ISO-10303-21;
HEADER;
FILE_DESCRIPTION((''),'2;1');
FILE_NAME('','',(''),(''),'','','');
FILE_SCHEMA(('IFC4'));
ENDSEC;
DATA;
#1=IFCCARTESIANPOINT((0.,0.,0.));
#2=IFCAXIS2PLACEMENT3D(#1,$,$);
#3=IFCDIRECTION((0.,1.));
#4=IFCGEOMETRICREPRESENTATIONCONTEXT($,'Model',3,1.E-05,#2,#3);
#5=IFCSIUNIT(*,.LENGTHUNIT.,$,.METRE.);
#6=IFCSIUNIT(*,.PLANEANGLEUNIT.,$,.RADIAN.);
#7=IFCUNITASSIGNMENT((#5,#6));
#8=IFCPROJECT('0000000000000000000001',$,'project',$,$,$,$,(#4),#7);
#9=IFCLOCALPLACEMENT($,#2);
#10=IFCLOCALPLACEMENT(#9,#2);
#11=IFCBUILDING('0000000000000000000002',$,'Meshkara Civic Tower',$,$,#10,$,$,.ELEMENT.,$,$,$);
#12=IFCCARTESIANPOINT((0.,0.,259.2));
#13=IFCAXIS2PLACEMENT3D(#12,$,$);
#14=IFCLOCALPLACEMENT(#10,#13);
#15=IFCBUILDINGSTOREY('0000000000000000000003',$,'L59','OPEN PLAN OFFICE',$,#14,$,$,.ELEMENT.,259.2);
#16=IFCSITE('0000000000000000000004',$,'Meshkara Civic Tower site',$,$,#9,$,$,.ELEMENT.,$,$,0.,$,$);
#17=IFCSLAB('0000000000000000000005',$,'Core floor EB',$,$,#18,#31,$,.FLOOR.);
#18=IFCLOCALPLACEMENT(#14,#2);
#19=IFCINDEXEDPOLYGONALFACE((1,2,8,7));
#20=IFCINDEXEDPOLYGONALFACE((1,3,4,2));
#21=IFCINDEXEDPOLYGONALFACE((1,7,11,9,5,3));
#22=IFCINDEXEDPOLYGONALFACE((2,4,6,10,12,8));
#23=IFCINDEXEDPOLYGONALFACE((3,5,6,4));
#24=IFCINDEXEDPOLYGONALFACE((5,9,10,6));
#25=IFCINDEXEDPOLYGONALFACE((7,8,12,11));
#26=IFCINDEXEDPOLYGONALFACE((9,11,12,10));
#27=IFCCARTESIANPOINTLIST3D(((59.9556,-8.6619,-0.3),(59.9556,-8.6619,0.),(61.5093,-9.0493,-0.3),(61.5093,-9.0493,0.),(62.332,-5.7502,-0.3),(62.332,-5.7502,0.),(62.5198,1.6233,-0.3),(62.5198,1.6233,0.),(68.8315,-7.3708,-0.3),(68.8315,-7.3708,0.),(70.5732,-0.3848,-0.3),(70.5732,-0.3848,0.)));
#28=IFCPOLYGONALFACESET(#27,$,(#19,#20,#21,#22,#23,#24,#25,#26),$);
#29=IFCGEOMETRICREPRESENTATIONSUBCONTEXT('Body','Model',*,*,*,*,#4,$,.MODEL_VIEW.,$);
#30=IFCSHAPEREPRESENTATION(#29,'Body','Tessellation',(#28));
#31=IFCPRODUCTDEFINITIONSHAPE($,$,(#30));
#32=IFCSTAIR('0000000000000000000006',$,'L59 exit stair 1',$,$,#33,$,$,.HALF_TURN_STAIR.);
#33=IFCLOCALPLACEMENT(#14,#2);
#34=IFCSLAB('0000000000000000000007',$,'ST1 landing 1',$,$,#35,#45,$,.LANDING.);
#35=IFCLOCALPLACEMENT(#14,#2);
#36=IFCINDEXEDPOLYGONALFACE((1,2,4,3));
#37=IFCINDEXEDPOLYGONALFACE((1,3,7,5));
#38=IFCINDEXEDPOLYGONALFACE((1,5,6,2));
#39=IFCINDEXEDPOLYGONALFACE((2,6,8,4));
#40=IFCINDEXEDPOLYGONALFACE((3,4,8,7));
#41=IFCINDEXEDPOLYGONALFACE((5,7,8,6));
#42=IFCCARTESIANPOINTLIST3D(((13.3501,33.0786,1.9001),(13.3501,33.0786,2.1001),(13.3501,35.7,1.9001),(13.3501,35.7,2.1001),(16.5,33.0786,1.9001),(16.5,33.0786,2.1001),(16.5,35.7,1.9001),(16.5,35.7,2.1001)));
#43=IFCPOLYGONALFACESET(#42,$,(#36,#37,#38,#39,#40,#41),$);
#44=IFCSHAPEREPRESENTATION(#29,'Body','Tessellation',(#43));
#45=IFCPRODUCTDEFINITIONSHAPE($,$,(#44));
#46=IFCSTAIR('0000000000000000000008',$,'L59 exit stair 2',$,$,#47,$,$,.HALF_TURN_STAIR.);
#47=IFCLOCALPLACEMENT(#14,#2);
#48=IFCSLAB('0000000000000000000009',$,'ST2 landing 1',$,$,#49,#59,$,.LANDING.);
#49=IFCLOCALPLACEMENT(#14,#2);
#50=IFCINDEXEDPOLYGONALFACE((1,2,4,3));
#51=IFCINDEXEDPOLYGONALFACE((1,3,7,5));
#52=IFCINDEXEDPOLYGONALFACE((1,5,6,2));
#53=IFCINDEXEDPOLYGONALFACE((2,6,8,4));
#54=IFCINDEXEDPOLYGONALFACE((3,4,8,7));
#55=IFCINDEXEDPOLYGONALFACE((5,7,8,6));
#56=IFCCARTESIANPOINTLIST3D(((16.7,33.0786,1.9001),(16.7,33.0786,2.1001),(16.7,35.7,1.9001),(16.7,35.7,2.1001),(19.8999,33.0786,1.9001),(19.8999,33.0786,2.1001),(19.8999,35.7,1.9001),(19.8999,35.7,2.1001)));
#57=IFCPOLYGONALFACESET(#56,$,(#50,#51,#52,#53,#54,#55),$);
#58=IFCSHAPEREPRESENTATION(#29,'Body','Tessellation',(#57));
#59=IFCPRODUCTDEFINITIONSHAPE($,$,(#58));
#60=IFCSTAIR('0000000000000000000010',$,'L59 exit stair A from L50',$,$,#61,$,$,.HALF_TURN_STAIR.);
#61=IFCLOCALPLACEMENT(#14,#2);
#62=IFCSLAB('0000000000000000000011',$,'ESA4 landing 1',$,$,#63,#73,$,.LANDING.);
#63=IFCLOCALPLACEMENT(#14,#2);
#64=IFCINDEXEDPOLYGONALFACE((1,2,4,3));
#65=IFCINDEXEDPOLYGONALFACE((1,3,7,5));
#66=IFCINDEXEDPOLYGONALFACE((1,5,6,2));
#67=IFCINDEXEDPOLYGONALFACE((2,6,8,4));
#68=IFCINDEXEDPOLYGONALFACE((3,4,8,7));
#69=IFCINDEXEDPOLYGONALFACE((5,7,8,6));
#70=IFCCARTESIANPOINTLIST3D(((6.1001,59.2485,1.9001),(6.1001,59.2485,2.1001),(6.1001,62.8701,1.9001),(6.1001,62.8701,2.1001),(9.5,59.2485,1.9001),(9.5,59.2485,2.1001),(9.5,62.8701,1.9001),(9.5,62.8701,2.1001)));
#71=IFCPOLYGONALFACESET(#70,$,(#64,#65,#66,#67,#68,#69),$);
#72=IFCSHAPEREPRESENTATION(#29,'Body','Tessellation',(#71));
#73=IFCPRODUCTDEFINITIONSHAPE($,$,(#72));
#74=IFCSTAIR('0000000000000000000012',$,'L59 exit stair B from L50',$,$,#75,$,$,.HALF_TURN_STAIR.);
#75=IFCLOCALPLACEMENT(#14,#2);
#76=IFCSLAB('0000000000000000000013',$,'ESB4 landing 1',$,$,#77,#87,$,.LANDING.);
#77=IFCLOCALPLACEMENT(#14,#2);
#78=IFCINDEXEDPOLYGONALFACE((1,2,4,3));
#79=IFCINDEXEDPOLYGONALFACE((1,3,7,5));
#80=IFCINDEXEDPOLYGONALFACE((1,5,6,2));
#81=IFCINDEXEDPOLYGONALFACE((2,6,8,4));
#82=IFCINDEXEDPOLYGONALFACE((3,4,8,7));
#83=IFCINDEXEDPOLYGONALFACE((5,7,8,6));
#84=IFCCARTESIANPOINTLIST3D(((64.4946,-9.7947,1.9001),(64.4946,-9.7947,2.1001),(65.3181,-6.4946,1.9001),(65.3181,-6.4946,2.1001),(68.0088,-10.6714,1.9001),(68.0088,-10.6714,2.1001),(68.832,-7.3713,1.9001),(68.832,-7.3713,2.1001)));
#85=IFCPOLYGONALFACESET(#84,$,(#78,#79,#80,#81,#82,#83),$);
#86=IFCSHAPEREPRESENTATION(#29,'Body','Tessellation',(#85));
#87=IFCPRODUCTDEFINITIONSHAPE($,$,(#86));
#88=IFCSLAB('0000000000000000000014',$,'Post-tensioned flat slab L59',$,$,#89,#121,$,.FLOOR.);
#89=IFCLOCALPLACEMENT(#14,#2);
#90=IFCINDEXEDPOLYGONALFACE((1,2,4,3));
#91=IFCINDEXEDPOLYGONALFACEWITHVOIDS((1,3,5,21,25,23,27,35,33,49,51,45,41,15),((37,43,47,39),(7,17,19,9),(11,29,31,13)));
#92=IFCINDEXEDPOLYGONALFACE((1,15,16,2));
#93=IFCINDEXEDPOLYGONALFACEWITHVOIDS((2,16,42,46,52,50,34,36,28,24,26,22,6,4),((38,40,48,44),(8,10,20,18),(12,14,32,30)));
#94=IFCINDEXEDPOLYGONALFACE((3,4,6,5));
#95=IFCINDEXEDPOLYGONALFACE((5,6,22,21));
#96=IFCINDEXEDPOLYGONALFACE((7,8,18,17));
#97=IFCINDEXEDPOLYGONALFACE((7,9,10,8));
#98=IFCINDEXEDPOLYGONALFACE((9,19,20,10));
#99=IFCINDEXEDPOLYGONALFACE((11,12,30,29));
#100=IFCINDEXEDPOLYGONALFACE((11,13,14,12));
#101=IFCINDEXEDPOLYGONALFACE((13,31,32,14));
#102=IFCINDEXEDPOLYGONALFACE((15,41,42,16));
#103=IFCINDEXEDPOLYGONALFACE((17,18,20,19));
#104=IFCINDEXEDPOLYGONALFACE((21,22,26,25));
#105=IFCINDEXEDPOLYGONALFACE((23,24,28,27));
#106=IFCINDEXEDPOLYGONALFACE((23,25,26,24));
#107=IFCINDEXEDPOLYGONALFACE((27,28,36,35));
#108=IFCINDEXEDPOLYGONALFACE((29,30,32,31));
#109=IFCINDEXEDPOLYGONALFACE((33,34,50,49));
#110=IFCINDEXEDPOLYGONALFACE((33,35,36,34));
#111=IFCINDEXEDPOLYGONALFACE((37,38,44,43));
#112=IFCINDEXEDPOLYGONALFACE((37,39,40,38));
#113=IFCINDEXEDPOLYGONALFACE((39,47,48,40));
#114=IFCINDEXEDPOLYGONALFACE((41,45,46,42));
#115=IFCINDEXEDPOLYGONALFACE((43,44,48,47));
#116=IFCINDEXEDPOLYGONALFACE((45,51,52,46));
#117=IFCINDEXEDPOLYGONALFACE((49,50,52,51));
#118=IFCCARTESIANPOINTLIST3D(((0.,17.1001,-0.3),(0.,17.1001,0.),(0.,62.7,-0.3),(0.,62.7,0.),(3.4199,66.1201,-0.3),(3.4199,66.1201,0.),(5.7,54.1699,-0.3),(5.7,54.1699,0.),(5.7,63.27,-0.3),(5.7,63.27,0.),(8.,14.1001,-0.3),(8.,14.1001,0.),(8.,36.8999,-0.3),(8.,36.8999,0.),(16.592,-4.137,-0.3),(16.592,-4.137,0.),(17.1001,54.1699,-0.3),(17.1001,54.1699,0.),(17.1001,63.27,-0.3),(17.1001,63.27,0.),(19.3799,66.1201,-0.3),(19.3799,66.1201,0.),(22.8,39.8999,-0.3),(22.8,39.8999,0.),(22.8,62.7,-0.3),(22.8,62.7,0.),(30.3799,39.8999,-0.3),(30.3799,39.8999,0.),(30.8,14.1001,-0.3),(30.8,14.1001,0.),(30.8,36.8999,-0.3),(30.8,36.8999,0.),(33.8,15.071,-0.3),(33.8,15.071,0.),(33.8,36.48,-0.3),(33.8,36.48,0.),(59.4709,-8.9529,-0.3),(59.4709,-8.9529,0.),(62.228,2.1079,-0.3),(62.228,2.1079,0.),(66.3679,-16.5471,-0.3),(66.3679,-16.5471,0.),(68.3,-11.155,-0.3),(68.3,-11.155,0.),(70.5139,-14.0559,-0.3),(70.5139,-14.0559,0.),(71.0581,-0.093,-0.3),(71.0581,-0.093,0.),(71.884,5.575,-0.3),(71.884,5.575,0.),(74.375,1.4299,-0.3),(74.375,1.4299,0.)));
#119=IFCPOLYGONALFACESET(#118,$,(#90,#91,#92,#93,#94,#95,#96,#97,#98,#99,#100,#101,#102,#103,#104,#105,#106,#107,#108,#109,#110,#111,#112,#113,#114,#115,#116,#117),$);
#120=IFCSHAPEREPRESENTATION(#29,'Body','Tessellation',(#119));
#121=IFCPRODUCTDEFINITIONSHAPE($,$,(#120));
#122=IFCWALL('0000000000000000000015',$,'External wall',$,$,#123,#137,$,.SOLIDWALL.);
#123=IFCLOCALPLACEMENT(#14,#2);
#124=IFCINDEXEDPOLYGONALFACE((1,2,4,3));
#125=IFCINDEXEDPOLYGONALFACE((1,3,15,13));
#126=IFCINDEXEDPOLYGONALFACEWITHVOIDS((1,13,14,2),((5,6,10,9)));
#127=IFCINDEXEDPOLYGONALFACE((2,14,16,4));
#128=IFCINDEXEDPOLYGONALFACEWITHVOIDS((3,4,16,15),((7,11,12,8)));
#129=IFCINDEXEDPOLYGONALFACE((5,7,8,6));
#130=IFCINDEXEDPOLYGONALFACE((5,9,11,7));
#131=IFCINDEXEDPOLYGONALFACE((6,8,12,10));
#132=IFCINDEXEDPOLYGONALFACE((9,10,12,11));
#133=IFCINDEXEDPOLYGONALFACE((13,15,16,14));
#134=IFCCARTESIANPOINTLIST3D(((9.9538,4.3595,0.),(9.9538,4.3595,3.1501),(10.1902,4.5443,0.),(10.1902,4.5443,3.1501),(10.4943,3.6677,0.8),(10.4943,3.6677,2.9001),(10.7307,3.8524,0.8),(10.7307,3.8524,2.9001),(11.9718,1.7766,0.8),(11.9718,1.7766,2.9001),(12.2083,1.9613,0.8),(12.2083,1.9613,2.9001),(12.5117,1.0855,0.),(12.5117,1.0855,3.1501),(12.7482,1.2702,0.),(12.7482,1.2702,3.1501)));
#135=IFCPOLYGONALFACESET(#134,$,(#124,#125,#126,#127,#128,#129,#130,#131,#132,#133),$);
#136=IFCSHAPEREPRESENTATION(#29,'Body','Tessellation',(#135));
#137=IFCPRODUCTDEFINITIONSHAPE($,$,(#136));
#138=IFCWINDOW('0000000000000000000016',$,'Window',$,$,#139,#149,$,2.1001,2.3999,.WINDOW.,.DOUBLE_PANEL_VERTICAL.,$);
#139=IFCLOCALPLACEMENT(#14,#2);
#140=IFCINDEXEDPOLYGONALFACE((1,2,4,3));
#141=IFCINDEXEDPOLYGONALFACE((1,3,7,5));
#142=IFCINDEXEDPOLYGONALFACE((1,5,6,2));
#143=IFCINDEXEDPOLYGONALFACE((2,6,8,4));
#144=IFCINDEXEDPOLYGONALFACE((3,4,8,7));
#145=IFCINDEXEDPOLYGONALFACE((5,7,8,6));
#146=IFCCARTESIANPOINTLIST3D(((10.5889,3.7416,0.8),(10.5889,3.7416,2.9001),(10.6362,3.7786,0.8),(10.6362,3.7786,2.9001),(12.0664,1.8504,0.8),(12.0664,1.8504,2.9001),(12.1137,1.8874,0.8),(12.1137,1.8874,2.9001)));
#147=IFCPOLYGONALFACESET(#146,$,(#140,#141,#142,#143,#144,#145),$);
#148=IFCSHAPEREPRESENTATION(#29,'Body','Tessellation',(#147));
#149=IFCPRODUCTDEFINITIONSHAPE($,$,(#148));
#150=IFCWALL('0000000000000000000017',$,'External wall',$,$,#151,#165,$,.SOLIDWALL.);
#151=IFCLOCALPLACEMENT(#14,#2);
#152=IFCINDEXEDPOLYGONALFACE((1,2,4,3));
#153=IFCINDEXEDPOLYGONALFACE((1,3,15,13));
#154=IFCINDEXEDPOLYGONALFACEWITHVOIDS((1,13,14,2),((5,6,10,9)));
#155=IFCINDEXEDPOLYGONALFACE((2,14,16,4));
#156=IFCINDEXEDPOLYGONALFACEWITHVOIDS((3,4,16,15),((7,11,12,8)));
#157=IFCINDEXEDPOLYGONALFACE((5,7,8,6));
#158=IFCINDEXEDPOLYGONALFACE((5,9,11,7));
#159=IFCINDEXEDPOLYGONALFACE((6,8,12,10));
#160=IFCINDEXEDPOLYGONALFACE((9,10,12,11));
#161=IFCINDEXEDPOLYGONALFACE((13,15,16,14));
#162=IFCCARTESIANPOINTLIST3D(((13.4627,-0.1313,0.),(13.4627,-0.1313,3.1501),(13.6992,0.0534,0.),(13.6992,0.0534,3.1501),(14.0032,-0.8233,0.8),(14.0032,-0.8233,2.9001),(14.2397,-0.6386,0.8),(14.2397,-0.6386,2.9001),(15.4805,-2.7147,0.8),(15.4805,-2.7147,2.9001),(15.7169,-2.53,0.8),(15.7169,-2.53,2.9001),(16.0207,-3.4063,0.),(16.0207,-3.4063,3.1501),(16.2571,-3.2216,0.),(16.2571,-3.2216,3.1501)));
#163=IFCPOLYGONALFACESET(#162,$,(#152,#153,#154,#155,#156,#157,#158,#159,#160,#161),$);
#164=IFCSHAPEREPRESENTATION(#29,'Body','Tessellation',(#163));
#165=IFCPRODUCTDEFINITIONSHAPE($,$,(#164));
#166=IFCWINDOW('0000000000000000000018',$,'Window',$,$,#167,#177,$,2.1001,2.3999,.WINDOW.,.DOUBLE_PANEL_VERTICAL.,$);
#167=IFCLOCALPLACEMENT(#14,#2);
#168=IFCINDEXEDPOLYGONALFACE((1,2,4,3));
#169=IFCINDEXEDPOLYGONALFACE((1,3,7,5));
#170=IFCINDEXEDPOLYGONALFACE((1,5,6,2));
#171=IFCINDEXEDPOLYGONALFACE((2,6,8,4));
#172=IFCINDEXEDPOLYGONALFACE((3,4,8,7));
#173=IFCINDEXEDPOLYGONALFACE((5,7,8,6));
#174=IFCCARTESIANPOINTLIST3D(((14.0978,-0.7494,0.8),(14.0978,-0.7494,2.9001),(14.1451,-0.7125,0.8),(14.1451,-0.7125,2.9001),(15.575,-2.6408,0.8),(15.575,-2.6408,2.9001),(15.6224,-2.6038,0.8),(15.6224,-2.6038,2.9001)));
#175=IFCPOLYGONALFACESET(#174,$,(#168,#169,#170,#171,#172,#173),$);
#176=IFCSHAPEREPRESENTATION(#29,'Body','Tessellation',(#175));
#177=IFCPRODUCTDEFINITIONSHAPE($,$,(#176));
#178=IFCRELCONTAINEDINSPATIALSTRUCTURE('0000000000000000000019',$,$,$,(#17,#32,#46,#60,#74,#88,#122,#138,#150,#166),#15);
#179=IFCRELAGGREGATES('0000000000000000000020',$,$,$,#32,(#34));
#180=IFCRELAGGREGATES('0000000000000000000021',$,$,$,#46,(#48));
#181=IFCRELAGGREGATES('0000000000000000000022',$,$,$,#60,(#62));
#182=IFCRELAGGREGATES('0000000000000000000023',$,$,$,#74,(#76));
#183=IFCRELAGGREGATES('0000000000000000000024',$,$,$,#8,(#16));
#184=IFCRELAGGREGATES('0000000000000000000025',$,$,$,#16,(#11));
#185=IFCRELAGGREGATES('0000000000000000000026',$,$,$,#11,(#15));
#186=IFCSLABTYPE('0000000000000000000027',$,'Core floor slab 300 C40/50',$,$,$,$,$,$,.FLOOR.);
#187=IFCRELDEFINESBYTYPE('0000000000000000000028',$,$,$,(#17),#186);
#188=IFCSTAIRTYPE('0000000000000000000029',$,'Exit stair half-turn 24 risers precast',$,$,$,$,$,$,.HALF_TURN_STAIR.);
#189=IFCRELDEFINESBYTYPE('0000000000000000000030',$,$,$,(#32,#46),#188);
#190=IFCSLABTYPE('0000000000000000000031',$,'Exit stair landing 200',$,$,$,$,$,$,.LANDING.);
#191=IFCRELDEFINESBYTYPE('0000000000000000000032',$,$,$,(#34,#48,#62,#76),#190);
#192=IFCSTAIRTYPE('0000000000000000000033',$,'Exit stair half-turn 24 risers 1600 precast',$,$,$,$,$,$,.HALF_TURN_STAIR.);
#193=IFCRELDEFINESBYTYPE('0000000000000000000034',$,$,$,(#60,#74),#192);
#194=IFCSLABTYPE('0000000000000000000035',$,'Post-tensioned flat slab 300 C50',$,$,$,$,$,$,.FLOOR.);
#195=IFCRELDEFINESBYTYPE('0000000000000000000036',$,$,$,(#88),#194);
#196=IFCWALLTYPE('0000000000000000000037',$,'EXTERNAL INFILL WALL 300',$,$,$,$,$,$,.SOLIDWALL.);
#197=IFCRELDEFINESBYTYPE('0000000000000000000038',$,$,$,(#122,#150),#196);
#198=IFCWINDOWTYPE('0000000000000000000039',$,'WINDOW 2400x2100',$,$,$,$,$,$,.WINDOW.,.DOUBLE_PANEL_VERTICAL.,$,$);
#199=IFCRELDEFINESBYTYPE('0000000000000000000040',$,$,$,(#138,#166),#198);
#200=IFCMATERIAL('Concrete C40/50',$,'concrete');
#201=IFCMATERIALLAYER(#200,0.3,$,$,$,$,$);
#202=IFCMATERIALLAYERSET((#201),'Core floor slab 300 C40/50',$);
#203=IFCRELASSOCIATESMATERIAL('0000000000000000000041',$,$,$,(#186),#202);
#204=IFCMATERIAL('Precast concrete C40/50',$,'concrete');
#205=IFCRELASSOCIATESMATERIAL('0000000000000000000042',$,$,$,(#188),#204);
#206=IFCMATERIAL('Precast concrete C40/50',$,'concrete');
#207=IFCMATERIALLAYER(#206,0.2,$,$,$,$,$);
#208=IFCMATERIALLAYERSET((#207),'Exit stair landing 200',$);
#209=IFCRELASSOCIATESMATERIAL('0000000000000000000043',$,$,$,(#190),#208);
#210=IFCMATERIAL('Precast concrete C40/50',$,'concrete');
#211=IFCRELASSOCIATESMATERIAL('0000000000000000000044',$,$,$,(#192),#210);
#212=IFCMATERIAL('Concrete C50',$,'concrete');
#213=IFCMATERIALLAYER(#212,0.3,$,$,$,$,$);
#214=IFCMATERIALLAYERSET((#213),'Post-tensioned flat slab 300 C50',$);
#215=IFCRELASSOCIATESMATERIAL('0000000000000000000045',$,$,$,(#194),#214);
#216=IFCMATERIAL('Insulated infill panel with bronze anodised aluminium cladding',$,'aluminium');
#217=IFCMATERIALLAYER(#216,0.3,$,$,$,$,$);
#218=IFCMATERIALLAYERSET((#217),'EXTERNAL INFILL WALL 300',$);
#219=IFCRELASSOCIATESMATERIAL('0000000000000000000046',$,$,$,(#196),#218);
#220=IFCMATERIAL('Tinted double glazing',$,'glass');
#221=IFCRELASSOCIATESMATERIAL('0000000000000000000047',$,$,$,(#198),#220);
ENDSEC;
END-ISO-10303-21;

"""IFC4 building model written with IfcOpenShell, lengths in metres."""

from ifc_helpers import new_model, si_unit, direction, frame, frame_2d, origin, place, context, subcontext, project, spatial, polyline, rectangle, outline, extrude, material, layer, layer_set, type_object, element, fill, aggregate, save


model = new_model("IFC4")

# Units and contexts
model_context = context("Model", 3, precision=1e-05, world=origin(), true_north=direction((0.0, 1.0)))
body_context = subcontext(model_context, "Body", "Model", "MODEL_VIEW")
ifc_project = project(units=[si_unit("LENGTHUNIT", "METRE"), si_unit("PLANEANGLEUNIT", "RADIAN")], contexts=[model_context])

# Site, building, storey
site_placement = place(None, origin())
site = spatial("IfcSite", under=ifc_project, at=site_placement, Name="Meshkara Civic Tower site", CompositionType="ELEMENT", RefElevation=0.0)
building_placement = place(site_placement, origin())
building = spatial("IfcBuilding", under=site, at=building_placement, Name="Meshkara Civic Tower", CompositionType="ELEMENT")
storey_placement = place(building_placement, frame((0.0, 0.0, 259.2)))
storey = spatial("IfcBuildingStorey", under=building, at=storey_placement, Name="L59", Description="OPEN PLAN OFFICE", CompositionType="ELEMENT", Elevation=259.2)

# Slab
ifc_material_1 = material(Name="Concrete C40/50", Category="concrete")
ifc_layer_1 = layer(ifc_material_1, 0.3)
ifc_layer_set_1 = layer_set([ifc_layer_1], Name="Core floor slab 300 C40/50")
slab_type_1 = type_object("IfcSlabType", Name="Core floor slab 300 C40/50", PredefinedType="FLOOR", material=ifc_layer_set_1)
slab_1_placement = place(storey_placement, frame((0.0, 0.0, -0.3)))
element("IfcSlab", 1, at=slab_1_placement, inside=storey, type_object=slab_type_1, Name="Core floor EB", PredefinedType="FLOOR", context=body_context, shape_type="SweptSolid", body=[
    extrude(outline(polyline([(62.5198, 1.6233), (70.5732, -0.3848), (68.8315, -7.3708), (62.332, -5.7502), (61.5093, -9.0493), (59.9556, -8.6619), (62.5198, 1.6233)])), origin(), (0.0, 0.0, 1.0), 0.3),
])

# Stairs, slabs
ifc_material_2 = material(Name="Precast concrete C40/50", Category="concrete")
stair_type_1 = type_object("IfcStairType", Name="Exit stair half-turn 24 risers precast", PredefinedType="HALF_TURN_STAIR", material=ifc_material_2)
stair_1_placement = place(storey_placement, origin())
stair_1 = element("IfcStair", 2, at=stair_1_placement, inside=storey, type_object=stair_type_1, Name="L59 exit stair 1", PredefinedType="HALF_TURN_STAIR")
ifc_material_3 = material(Name="Precast concrete C40/50", Category="concrete")
ifc_layer_2 = layer(ifc_material_3, 0.2)
ifc_layer_set_2 = layer_set([ifc_layer_2], Name="Exit stair landing 200")
slab_type_2 = type_object("IfcSlabType", Name="Exit stair landing 200", PredefinedType="LANDING", material=ifc_layer_set_2)
slab_2_placement = place(storey_placement, frame((0.0, 0.0, 1.9001)))
slab_2 = element("IfcSlab", 3, at=slab_2_placement, type_object=slab_type_2, Name="ST1 landing 1", PredefinedType="LANDING", context=body_context, shape_type="SweptSolid", body=[
    extrude(outline(polyline([(16.5, 33.0786), (16.5, 35.7), (13.3501, 35.7), (13.3501, 33.0786), (16.5, 33.0786)])), origin(), (0.0, 0.0, 1.0), 0.2),
])
aggregate(stair_1, [slab_2])
stair_2_placement = place(storey_placement, origin())
stair_2 = element("IfcStair", 4, at=stair_2_placement, inside=storey, type_object=stair_type_1, Name="L59 exit stair 2", PredefinedType="HALF_TURN_STAIR")
slab_3_placement = place(storey_placement, frame((0.0, 0.0, 1.9001)))
slab_3 = element("IfcSlab", 5, at=slab_3_placement, type_object=slab_type_2, Name="ST2 landing 1", PredefinedType="LANDING", context=body_context, shape_type="SweptSolid", body=[
    extrude(outline(polyline([(19.8999, 33.0786), (19.8999, 35.7), (16.7, 35.7), (16.7, 33.0786), (19.8999, 33.0786)])), origin(), (0.0, 0.0, 1.0), 0.2),
])
aggregate(stair_2, [slab_3])
ifc_material_4 = material(Name="Precast concrete C40/50", Category="concrete")
stair_type_2 = type_object("IfcStairType", Name="Exit stair half-turn 24 risers 1600 precast", PredefinedType="HALF_TURN_STAIR", material=ifc_material_4)
stair_3_placement = place(storey_placement, origin())
stair_3 = element("IfcStair", 6, at=stair_3_placement, inside=storey, type_object=stair_type_2, Name="L59 exit stair A from L50", PredefinedType="HALF_TURN_STAIR")
slab_4_placement = place(storey_placement, frame((0.0, 0.0, 1.9001)))
slab_4 = element("IfcSlab", 7, at=slab_4_placement, type_object=slab_type_2, Name="ESA4 landing 1", PredefinedType="LANDING", context=body_context, shape_type="SweptSolid", body=[
    extrude(outline(polyline([(9.5, 59.2485), (9.5, 62.8701), (6.1001, 62.8701), (6.1001, 59.2485), (9.5, 59.2485)])), origin(), (0.0, 0.0, 1.0), 0.2),
])
aggregate(stair_3, [slab_4])
stair_4_placement = place(storey_placement, origin())
stair_4 = element("IfcStair", 8, at=stair_4_placement, inside=storey, type_object=stair_type_2, Name="L59 exit stair B from L50", PredefinedType="HALF_TURN_STAIR")
slab_5_placement = place(storey_placement, frame((0.0, 0.0, 1.9001)))
slab_5 = element("IfcSlab", 9, at=slab_5_placement, type_object=slab_type_2, Name="ESB4 landing 1", PredefinedType="LANDING", context=body_context, shape_type="SweptSolid", body=[
    extrude(outline(polyline([(64.4946, -9.7947), (68.0088, -10.6714), (68.832, -7.3713), (65.3181, -6.4946), (64.4946, -9.7947)])), origin(), (0.0, 0.0, 1.0), 0.2),
])
aggregate(stair_4, [slab_5])

# Slab
ifc_material_5 = material(Name="Concrete C50", Category="concrete")
ifc_layer_3 = layer(ifc_material_5, 0.3)
ifc_layer_set_3 = layer_set([ifc_layer_3], Name="Post-tensioned flat slab 300 C50")
slab_type_3 = type_object("IfcSlabType", Name="Post-tensioned flat slab 300 C50", PredefinedType="FLOOR", material=ifc_layer_set_3)
slab_6_placement = place(storey_placement, frame((0.0, 0.0, -0.3)))
element("IfcSlab", 10, at=slab_6_placement, inside=storey, type_object=slab_type_3, Name="Post-tensioned flat slab L59", PredefinedType="FLOOR", context=body_context, shape_type="SweptSolid", body=[
    extrude(outline(polyline([(70.5139, -14.0559), (66.3679, -16.5471), (16.592, -4.137), (0.0, 17.1001), (0.0, 62.7), (3.4199, 66.1201), (19.3799, 66.1201), (22.8, 62.7), (22.8, 39.8999), (30.3799, 39.8999), (33.8, 36.48), (33.8, 15.071), (71.884, 5.575), (74.375, 1.4299), (70.5139, -14.0559)]), holes=[polyline([(68.3, -11.155), (71.0581, -0.093), (62.228, 2.1079), (59.4709, -8.9529), (68.3, -11.155)]), polyline([(8.0, 14.1001), (30.8, 14.1001), (30.8, 36.8999), (8.0, 36.8999), (8.0, 14.1001)]), polyline([(5.7, 63.27), (5.7, 54.1699), (17.1001, 54.1699), (17.1001, 63.27), (5.7, 63.27)])]), origin(), (0.0, 0.0, 1.0), 0.3),
])

# Walls, openings, windows
ifc_material_6 = material(Name="Insulated infill panel with bronze anodised aluminium cladding", Category="aluminium")
ifc_layer_4 = layer(ifc_material_6, 0.3)
ifc_layer_set_4 = layer_set([ifc_layer_4], Name="EXTERNAL INFILL WALL 300")
wall_type = type_object("IfcWallType", Name="EXTERNAL INFILL WALL 300", PredefinedType="SOLIDWALL", material=ifc_layer_set_4)
wall_1_placement = place(storey_placement, frame((10.072, 4.4519, 0.0), z_axis=(0.0, 0.0, 1.0), x_axis=(0.61566, -0.788012, 0.0)))
wall_1 = element("IfcWall", 11, at=wall_1_placement, inside=storey, type_object=wall_type, Name="External wall", PredefinedType="SOLIDWALL", context=body_context, shape_type="SweptSolid", body=[
    extrude(rectangle(XDim=4.1548, YDim=0.3, at=frame_2d((2.0774, 0.0))), origin(), (0.0, 0.0, 1.0), 3.1501),
])
opening_1_placement = place(wall_1_placement, frame((0.8779, 0.0, 0.8)))
opening_1 = element("IfcOpeningElement", 12, at=opening_1_placement, cuts=wall_1, PredefinedType="OPENING", context=body_context, shape_type="SweptSolid", body=[
    extrude(rectangle(XDim=2.3999, YDim=2.1001, at=frame_2d((1.2, 1.05))), frame((0.0, 0.1599, 0.0), z_axis=(0.0, -1.0, 0.0), x_axis=(1.0, 0.0, 0.0)), (0.0, 0.0, 1.0), 0.3201),
])
ifc_material_7 = material(Name="Tinted double glazing", Category="glass")
window_type = type_object("IfcWindowType", Name="WINDOW 2400x2100", PartitioningType="DOUBLE_PANEL_VERTICAL", PredefinedType="WINDOW", material=ifc_material_7)
window_1_placement = place(opening_1_placement, origin())
window_1 = element("IfcWindow", 13, at=window_1_placement, inside=storey, type_object=window_type, Name="Window", OverallHeight=2.1001, OverallWidth=2.3999, PartitioningType="DOUBLE_PANEL_VERTICAL", PredefinedType="WINDOW", context=body_context, shape_type="SweptSolid", body=[
    extrude(rectangle(XDim=2.3999, YDim=2.1001, at=frame_2d((1.2, 1.05))), frame((0.0, 0.03, 0.0), z_axis=(0.0, -1.0, 0.0), x_axis=(1.0, 0.0, 0.0)), (0.0, 0.0, 1.0), 0.0601),
])
fill(opening_1, window_1)
wall_2_placement = place(storey_placement, frame((13.5811, -0.0391, 0.0), z_axis=(0.0, 0.0, 1.0), x_axis=(0.615546, -0.788101, 0.0)))
wall_2 = element("IfcWall", 14, at=wall_2_placement, inside=storey, type_object=wall_type, Name="External wall", PredefinedType="SOLIDWALL", context=body_context, shape_type="SweptSolid", body=[
    extrude(rectangle(XDim=4.1555, YDim=0.3, at=frame_2d((2.0776, 0.0))), origin(), (0.0, 0.0, 1.0), 3.1501),
])
opening_2_placement = place(wall_2_placement, frame((0.8779, 0.0, 0.8)))
opening_2 = element("IfcOpeningElement", 15, at=opening_2_placement, cuts=wall_2, PredefinedType="OPENING", context=body_context, shape_type="SweptSolid", body=[
    extrude(rectangle(XDim=2.3999, YDim=2.1001, at=frame_2d((1.2, 1.05))), frame((0.0, 0.1599, 0.0), z_axis=(0.0, -1.0, 0.0), x_axis=(1.0, 0.0, 0.0)), (0.0, 0.0, 1.0), 0.3201),
])
window_2_placement = place(opening_2_placement, origin())
window_2 = element("IfcWindow", 16, at=window_2_placement, inside=storey, type_object=window_type, Name="Window", OverallHeight=2.1001, OverallWidth=2.3999, PartitioningType="DOUBLE_PANEL_VERTICAL", PredefinedType="WINDOW", context=body_context, shape_type="SweptSolid", body=[
    extrude(rectangle(XDim=2.3999, YDim=2.1001, at=frame_2d((1.2, 1.05))), frame((0.0, 0.03, 0.0), z_axis=(0.0, -1.0, 0.0), x_axis=(1.0, 0.0, 0.0)), (0.0, 0.0, 1.0), 0.0601),
])
fill(opening_2, window_2)

save(model, "model.ifc")
